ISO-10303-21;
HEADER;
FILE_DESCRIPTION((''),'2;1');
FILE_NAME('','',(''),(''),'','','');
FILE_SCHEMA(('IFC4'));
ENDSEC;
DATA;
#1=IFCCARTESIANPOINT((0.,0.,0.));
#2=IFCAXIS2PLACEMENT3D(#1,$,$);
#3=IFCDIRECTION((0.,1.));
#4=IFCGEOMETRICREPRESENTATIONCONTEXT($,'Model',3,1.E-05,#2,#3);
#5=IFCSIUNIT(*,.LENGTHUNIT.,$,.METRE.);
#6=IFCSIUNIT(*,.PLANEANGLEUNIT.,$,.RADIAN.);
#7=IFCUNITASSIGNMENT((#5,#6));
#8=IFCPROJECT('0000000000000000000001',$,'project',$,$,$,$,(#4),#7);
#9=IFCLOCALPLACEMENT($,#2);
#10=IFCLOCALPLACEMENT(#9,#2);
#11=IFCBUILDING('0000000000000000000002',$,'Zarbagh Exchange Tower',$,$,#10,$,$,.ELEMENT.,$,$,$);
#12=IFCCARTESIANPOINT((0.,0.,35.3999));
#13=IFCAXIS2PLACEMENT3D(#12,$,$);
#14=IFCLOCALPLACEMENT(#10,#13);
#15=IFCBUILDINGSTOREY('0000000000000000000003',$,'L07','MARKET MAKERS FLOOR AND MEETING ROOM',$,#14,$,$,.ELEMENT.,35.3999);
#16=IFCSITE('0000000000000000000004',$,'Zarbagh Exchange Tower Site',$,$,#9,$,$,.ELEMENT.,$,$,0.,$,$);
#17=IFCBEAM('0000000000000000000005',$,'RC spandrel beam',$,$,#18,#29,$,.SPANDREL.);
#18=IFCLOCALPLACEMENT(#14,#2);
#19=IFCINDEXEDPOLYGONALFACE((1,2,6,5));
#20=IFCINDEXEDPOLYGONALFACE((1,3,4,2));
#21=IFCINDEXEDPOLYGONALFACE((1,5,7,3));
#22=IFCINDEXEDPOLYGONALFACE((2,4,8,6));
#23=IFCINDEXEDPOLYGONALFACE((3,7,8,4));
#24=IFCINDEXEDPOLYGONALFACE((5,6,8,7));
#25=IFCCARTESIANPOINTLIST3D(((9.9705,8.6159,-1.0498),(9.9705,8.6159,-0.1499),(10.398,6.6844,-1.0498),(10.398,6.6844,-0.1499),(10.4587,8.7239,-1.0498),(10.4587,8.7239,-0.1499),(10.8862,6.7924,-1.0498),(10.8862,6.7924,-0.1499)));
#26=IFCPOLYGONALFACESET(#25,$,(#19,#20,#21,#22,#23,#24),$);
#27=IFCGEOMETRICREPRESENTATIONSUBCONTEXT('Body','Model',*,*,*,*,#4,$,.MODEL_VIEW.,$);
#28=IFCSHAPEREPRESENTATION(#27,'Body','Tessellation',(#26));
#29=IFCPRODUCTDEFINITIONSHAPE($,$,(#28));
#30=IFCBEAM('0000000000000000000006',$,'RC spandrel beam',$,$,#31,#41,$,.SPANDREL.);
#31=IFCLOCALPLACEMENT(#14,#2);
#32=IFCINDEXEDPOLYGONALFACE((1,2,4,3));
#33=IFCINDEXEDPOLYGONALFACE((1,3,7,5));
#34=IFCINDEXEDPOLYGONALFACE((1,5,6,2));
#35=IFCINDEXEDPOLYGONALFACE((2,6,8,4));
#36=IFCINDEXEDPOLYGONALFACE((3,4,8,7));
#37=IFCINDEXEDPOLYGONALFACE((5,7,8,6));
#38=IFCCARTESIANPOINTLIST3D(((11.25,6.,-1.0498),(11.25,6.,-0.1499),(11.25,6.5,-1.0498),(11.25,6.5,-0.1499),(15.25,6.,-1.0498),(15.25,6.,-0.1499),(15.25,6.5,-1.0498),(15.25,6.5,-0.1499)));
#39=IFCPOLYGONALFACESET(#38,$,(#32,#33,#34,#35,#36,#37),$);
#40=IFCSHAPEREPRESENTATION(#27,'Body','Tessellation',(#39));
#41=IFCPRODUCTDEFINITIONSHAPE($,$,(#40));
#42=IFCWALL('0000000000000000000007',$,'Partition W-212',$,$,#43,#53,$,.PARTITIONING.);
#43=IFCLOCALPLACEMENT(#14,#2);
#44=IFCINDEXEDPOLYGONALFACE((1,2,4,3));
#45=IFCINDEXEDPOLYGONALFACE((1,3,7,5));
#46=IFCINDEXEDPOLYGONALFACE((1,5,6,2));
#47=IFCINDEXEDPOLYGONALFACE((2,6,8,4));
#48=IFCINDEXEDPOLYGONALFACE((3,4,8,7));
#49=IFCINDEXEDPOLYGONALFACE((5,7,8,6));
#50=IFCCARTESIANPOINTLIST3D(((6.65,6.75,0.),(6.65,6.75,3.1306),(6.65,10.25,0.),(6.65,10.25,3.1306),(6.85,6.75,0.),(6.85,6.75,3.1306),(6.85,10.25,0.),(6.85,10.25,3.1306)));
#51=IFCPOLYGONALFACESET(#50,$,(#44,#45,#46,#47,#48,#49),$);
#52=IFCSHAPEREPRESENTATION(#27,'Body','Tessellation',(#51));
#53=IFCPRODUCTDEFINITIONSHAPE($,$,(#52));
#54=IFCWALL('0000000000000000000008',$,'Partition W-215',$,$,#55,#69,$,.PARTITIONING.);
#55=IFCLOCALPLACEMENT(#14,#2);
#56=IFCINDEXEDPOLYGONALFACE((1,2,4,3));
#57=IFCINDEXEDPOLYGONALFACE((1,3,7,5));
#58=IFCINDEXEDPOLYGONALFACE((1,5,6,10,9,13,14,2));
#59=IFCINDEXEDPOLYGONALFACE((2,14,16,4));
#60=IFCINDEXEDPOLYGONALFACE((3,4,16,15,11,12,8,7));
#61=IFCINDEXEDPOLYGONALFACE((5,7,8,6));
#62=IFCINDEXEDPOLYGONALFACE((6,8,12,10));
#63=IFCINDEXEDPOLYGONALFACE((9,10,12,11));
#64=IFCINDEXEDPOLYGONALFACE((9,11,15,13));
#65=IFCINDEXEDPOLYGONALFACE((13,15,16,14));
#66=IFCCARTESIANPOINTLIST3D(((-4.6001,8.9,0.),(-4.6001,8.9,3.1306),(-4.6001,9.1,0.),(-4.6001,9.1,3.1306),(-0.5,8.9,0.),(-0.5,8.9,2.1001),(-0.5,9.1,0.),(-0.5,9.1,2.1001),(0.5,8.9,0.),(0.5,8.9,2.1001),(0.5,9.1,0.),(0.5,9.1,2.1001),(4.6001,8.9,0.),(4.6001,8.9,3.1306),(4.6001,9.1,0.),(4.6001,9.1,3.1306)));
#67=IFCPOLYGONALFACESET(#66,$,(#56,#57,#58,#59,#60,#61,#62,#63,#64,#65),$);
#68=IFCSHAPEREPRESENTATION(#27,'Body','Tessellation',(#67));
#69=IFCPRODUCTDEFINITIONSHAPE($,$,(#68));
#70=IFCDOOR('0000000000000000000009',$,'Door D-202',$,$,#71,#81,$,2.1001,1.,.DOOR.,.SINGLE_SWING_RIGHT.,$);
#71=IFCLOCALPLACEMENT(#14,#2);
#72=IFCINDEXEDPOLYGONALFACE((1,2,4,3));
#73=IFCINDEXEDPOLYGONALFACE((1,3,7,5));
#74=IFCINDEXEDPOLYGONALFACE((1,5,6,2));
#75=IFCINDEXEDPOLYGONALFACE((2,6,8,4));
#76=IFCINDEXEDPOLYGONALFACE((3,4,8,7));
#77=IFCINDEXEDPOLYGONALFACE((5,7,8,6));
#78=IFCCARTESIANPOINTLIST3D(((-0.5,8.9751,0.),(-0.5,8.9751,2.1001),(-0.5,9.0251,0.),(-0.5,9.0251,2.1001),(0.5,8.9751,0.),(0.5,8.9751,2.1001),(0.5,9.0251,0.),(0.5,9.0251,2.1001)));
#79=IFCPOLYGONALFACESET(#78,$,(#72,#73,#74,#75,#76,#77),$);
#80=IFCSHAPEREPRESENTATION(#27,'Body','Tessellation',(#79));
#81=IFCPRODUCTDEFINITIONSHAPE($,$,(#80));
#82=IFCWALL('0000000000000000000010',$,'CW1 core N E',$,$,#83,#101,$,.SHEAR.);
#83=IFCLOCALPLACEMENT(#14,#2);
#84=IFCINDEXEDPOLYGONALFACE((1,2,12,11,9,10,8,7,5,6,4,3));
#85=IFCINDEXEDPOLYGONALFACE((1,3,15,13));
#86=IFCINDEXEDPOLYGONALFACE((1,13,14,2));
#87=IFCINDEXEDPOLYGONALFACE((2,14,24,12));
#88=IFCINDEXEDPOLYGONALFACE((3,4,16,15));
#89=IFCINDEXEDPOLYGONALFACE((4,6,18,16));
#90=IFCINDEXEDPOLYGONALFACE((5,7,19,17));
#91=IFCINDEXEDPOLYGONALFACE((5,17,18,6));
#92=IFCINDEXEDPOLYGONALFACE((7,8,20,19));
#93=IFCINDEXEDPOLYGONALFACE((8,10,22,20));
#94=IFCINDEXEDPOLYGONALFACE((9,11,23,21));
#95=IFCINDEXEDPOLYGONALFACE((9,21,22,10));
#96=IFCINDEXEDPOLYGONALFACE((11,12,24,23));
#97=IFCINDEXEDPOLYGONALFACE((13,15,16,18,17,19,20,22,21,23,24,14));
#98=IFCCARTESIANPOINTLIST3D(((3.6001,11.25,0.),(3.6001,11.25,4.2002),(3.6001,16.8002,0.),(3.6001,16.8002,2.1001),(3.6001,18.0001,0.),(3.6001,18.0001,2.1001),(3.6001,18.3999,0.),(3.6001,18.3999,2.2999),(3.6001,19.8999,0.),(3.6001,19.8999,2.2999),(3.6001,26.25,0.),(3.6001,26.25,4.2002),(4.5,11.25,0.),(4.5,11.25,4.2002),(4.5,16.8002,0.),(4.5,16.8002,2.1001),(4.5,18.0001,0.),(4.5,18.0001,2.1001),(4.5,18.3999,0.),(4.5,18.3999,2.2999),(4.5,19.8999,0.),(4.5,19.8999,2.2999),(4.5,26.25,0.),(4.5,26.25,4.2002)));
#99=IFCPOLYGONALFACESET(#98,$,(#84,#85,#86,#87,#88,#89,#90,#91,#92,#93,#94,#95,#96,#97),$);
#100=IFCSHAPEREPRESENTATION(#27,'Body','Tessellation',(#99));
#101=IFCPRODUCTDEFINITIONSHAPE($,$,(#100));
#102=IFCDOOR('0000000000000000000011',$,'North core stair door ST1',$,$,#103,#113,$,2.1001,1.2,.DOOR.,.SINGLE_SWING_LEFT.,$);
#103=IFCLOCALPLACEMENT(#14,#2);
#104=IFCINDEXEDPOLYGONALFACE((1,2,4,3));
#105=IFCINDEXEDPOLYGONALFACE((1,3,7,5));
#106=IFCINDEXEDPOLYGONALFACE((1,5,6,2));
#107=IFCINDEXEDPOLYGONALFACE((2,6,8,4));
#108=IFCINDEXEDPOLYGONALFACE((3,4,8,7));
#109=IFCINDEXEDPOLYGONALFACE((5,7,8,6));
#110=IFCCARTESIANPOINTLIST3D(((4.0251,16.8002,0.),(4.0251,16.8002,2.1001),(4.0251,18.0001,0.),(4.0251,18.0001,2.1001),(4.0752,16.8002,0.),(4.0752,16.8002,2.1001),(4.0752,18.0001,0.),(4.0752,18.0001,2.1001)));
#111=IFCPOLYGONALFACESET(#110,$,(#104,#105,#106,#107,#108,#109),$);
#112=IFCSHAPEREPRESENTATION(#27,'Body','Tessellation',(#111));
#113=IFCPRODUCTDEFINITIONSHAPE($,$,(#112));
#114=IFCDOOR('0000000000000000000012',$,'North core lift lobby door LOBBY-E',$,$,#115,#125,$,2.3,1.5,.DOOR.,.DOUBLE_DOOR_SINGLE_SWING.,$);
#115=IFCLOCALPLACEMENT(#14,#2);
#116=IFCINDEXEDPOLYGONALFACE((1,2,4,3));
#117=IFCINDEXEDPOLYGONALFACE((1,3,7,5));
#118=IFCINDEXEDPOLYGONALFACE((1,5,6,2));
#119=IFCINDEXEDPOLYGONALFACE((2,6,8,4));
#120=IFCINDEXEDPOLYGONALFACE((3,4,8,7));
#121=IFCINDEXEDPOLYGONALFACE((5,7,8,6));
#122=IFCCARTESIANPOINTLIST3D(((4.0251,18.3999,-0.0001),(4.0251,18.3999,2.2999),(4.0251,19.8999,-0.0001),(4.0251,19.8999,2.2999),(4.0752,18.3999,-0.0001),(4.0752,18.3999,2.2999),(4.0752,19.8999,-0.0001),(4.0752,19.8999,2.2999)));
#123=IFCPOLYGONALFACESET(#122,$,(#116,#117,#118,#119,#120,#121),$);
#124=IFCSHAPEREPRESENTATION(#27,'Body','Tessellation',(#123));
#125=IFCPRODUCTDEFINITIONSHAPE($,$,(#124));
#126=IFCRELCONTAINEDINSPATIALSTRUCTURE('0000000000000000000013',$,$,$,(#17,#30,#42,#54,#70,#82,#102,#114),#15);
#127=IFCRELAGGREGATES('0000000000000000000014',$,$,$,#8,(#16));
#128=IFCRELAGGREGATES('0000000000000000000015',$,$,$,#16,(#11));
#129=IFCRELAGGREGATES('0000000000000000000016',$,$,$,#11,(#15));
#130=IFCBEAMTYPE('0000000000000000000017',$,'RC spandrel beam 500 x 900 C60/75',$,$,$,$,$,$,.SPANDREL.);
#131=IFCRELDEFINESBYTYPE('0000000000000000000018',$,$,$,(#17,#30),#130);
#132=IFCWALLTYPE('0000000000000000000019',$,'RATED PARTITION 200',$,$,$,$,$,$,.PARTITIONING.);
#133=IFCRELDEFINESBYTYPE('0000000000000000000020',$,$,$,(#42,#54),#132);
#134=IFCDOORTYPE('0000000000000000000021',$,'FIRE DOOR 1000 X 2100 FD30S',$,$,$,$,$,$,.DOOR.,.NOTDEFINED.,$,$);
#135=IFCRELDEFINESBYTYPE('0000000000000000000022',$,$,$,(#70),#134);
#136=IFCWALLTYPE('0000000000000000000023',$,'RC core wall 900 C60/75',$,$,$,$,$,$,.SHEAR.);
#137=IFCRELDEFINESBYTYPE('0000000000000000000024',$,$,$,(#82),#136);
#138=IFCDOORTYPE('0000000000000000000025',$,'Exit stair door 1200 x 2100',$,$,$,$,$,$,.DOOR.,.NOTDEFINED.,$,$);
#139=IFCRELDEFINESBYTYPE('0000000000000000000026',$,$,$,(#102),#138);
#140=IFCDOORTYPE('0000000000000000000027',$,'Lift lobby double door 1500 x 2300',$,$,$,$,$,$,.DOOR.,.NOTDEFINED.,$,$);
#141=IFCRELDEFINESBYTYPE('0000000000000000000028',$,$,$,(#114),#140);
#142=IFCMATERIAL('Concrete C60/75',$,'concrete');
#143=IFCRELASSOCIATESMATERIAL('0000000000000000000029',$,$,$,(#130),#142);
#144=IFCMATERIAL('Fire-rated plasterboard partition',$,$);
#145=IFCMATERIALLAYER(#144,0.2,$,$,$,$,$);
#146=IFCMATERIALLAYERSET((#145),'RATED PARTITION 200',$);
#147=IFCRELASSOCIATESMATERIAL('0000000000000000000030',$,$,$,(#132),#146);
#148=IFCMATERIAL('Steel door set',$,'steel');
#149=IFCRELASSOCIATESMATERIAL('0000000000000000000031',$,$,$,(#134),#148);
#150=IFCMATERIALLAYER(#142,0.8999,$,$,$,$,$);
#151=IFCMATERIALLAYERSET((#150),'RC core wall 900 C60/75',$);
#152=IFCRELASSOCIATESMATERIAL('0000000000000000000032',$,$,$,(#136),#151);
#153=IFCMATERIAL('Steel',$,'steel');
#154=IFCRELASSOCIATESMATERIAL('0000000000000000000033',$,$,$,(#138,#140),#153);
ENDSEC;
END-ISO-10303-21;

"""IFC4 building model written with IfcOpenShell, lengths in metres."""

from ifc_helpers import new_model, si_unit, direction, frame, frame_2d, origin, origin_2d, place, context, subcontext, project, spatial, rectangle, extrude, material, layer, layer_set, material_profile, profile_set, type_object, element, fill, save


model = new_model("IFC4")

# Units and contexts
model_context = context("Model", 3, precision=1e-05, world=origin(), true_north=direction((0.0, 1.0)))
body_context = subcontext(model_context, "Body", "Model", "MODEL_VIEW")
ifc_project = project(units=[si_unit("LENGTHUNIT", "METRE"), si_unit("PLANEANGLEUNIT", "RADIAN")], contexts=[model_context])

# Site, building, storey
site_placement = place(None, origin())
site = spatial("IfcSite", under=ifc_project, at=site_placement, Name="Zarbagh Exchange Tower Site", CompositionType="ELEMENT", RefElevation=0.0)
building_placement = place(site_placement, origin())
building = spatial("IfcBuilding", under=site, at=building_placement, Name="Zarbagh Exchange Tower", CompositionType="ELEMENT")
storey_placement = place(building_placement, frame((0.0, 0.0, 35.3999)))
storey = spatial("IfcBuildingStorey", under=building, at=storey_placement, Name="L07", Description="MARKET MAKERS FLOOR AND MEETING ROOM", CompositionType="ELEMENT", Elevation=35.3999)

# Shared definitions
ifc_material_1 = material(Name="Concrete C60/75", Category="concrete")

# Beams
ifc_material_profile_1 = material_profile(ifc_material_1, rectangle(XDim=0.5, YDim=0.8999, at=origin_2d()), Name="RC spandrel beam 500 x 900 C60/75")
ifc_profile_set_1 = profile_set([ifc_material_profile_1], Name="Concrete C60/75")
beam_type = type_object("IfcBeamType", Name="RC spandrel beam 500 x 900 C60/75", PredefinedType="SPANDREL", material=ifc_profile_set_1)
beam_1_placement = place(storey_placement, frame((10.2146, 8.6699, -0.5999), z_axis=(0.216081, -0.976375, 0.0), x_axis=(0.976375, 0.216081, 0.0)))
element("IfcBeam", 1, at=beam_1_placement, inside=storey, type_object=beam_type, Name="RC spandrel beam", PredefinedType="SPANDREL", context=body_context, shape_type="SweptSolid", body=[
    extrude(rectangle(XDim=0.5, YDim=0.8999, at=origin_2d()), origin(), (0.0, 0.0, 1.0), 1.9783),
])
beam_2_placement = place(storey_placement, frame((11.25, 6.25, -0.5999), z_axis=(1.0, 0.0, 0.0), x_axis=(0.0, 1.0, 0.0)))
element("IfcBeam", 2, at=beam_2_placement, inside=storey, type_object=beam_type, Name="RC spandrel beam", PredefinedType="SPANDREL", context=body_context, shape_type="SweptSolid", body=[
    extrude(rectangle(XDim=0.5, YDim=0.8999, at=origin_2d()), origin(), (0.0, 0.0, 1.0), 4.0),
])

# Wall
ifc_material_2 = material(Name="Fire-rated plasterboard partition")
ifc_layer_1 = layer(ifc_material_2, 0.2)
ifc_layer_set_1 = layer_set([ifc_layer_1], Name="RATED PARTITION 200")
wall_type_1 = type_object("IfcWallType", Name="RATED PARTITION 200", PredefinedType="PARTITIONING", material=ifc_layer_set_1)
wall_1_placement = place(storey_placement, frame((6.75, 6.75, 0.0), z_axis=(0.0, 0.0, 1.0), x_axis=(0.0, 1.0, 0.0)))
element("IfcWall", 3, at=wall_1_placement, inside=storey, type_object=wall_type_1, Name="Partition W-212", PredefinedType="PARTITIONING", context=body_context, shape_type="SweptSolid", body=[
    extrude(rectangle(XDim=3.5, YDim=0.2, at=frame_2d((1.75, 0.0))), origin(), (0.0, 0.0, 1.0), 3.1306),
])

# Wall, opening, door
wall_2_placement = place(storey_placement, frame((4.6001, 9.0, 0.0), z_axis=(0.0, 0.0, 1.0), x_axis=(-1.0, 0.0, 0.0)))
wall_2 = element("IfcWall", 4, at=wall_2_placement, inside=storey, type_object=wall_type_1, Name="Partition W-215", PredefinedType="PARTITIONING", context=body_context, shape_type="SweptSolid", body=[
    extrude(rectangle(XDim=9.2002, YDim=0.2, at=frame_2d((4.6001, 0.0))), origin(), (0.0, 0.0, 1.0), 3.1306),
])
opening_1_placement = place(wall_2_placement, frame((4.1001, 0.0, 0.0)))
opening_1 = element("IfcOpeningElement", 5, at=opening_1_placement, cuts=wall_2, PredefinedType="OPENING", context=body_context, shape_type="SweptSolid", body=[
    extrude(rectangle(XDim=1.0, YDim=2.1001, at=frame_2d((0.5, 1.05))), frame((0.0, 0.1099, 0.0), z_axis=(0.0, -1.0, 0.0), x_axis=(1.0, 0.0, 0.0)), (0.0, 0.0, 1.0), 0.22),
])
ifc_material_3 = material(Name="Steel door set", Category="steel")
door_type_1 = type_object("IfcDoorType", Name="FIRE DOOR 1000 X 2100 FD30S", OperationType="NOTDEFINED", PredefinedType="DOOR", material=ifc_material_3)
door_1_placement = place(opening_1_placement, origin())
door_1 = element("IfcDoor", 6, at=door_1_placement, inside=storey, type_object=door_type_1, Name="Door D-202", OperationType="SINGLE_SWING_RIGHT", OverallHeight=2.1001, OverallWidth=1.0, PredefinedType="DOOR", context=body_context, shape_type="SweptSolid", body=[
    extrude(rectangle(XDim=1.0, YDim=2.1001, at=frame_2d((0.5, 1.05))), frame((0.0, 0.0249, 0.0), z_axis=(0.0, -1.0, 0.0), x_axis=(1.0, 0.0, 0.0)), (0.0, 0.0, 1.0), 0.05),
])
fill(opening_1, door_1)

# Wall, openings, doors
ifc_layer_2 = layer(ifc_material_1, 0.8999)
ifc_layer_set_2 = layer_set([ifc_layer_2], Name="RC core wall 900 C60/75")
wall_type_2 = type_object("IfcWallType", Name="RC core wall 900 C60/75", PredefinedType="SHEAR", material=ifc_layer_set_2)
wall_3_placement = place(storey_placement, frame((4.05, 11.25, 0.0), z_axis=(0.0, 0.0, 1.0), x_axis=(0.0, 1.0, 0.0)))
wall_3 = element("IfcWall", 7, at=wall_3_placement, inside=storey, type_object=wall_type_2, Name="CW1 core N E", PredefinedType="SHEAR", context=body_context, shape_type="SweptSolid", body=[
    extrude(rectangle(XDim=15.0, YDim=0.8999, at=frame_2d((7.5, 0.0))), origin(), (0.0, 0.0, 1.0), 4.2002),
])
opening_2_placement = place(wall_3_placement, frame((7.1499, 0.0, 0.0)))
opening_2 = element("IfcOpeningElement", 8, at=opening_2_placement, cuts=wall_3, PredefinedType="OPENING", context=body_context, shape_type="SweptSolid", body=[
    extrude(rectangle(XDim=1.5, YDim=2.3, at=frame_2d((0.75, 1.1499))), frame((0.0, 0.46, 0.0), z_axis=(0.0, -1.0, 0.0), x_axis=(1.0, 0.0, 0.0)), (0.0, 0.0, 1.0), 0.9199),
])
opening_3_placement = place(wall_3_placement, frame((5.55, 0.0, 0.0)))
opening_3 = element("IfcOpeningElement", 9, at=opening_3_placement, cuts=wall_3, PredefinedType="OPENING", context=body_context, shape_type="SweptSolid", body=[
    extrude(rectangle(XDim=1.2, YDim=2.1001, at=frame_2d((0.6001, 1.05))), frame((0.0, 0.46, 0.0), z_axis=(0.0, -1.0, 0.0), x_axis=(1.0, 0.0, 0.0)), (0.0, 0.0, 1.0), 0.9199),
])
ifc_material_4 = material(Name="Steel", Category="steel")
door_type_2 = type_object("IfcDoorType", Name="Exit stair door 1200 x 2100", OperationType="NOTDEFINED", PredefinedType="DOOR", material=ifc_material_4)
door_2_placement = place(opening_3_placement, origin())
door_2 = element("IfcDoor", 10, at=door_2_placement, inside=storey, type_object=door_type_2, Name="North core stair door ST1", OperationType="SINGLE_SWING_LEFT", OverallHeight=2.1001, OverallWidth=1.2, PredefinedType="DOOR", context=body_context, shape_type="SweptSolid", body=[
    extrude(rectangle(XDim=1.2, YDim=2.1001, at=frame_2d((0.6001, 1.05))), frame((0.0, 0.0249, 0.0), z_axis=(0.0, -1.0, 0.0), x_axis=(1.0, 0.0, 0.0)), (0.0, 0.0, 1.0), 0.05),
])
fill(opening_3, door_2)
door_type_3 = type_object("IfcDoorType", Name="Lift lobby double door 1500 x 2300", OperationType="NOTDEFINED", PredefinedType="DOOR", material=ifc_material_4)
door_3_placement = place(opening_2_placement, origin())
door_3 = element("IfcDoor", 11, at=door_3_placement, inside=storey, type_object=door_type_3, Name="North core lift lobby door LOBBY-E", OperationType="DOUBLE_DOOR_SINGLE_SWING", OverallHeight=2.3, OverallWidth=1.5, PredefinedType="DOOR", context=body_context, shape_type="SweptSolid", body=[
    extrude(rectangle(XDim=1.5, YDim=2.3, at=frame_2d((0.75, 1.1499))), frame((0.0, 0.0249, 0.0), z_axis=(0.0, -1.0, 0.0), x_axis=(1.0, 0.0, 0.0)), (0.0, 0.0, 1.0), 0.05),
])
fill(opening_2, door_3)

save(model, "model.ifc")
